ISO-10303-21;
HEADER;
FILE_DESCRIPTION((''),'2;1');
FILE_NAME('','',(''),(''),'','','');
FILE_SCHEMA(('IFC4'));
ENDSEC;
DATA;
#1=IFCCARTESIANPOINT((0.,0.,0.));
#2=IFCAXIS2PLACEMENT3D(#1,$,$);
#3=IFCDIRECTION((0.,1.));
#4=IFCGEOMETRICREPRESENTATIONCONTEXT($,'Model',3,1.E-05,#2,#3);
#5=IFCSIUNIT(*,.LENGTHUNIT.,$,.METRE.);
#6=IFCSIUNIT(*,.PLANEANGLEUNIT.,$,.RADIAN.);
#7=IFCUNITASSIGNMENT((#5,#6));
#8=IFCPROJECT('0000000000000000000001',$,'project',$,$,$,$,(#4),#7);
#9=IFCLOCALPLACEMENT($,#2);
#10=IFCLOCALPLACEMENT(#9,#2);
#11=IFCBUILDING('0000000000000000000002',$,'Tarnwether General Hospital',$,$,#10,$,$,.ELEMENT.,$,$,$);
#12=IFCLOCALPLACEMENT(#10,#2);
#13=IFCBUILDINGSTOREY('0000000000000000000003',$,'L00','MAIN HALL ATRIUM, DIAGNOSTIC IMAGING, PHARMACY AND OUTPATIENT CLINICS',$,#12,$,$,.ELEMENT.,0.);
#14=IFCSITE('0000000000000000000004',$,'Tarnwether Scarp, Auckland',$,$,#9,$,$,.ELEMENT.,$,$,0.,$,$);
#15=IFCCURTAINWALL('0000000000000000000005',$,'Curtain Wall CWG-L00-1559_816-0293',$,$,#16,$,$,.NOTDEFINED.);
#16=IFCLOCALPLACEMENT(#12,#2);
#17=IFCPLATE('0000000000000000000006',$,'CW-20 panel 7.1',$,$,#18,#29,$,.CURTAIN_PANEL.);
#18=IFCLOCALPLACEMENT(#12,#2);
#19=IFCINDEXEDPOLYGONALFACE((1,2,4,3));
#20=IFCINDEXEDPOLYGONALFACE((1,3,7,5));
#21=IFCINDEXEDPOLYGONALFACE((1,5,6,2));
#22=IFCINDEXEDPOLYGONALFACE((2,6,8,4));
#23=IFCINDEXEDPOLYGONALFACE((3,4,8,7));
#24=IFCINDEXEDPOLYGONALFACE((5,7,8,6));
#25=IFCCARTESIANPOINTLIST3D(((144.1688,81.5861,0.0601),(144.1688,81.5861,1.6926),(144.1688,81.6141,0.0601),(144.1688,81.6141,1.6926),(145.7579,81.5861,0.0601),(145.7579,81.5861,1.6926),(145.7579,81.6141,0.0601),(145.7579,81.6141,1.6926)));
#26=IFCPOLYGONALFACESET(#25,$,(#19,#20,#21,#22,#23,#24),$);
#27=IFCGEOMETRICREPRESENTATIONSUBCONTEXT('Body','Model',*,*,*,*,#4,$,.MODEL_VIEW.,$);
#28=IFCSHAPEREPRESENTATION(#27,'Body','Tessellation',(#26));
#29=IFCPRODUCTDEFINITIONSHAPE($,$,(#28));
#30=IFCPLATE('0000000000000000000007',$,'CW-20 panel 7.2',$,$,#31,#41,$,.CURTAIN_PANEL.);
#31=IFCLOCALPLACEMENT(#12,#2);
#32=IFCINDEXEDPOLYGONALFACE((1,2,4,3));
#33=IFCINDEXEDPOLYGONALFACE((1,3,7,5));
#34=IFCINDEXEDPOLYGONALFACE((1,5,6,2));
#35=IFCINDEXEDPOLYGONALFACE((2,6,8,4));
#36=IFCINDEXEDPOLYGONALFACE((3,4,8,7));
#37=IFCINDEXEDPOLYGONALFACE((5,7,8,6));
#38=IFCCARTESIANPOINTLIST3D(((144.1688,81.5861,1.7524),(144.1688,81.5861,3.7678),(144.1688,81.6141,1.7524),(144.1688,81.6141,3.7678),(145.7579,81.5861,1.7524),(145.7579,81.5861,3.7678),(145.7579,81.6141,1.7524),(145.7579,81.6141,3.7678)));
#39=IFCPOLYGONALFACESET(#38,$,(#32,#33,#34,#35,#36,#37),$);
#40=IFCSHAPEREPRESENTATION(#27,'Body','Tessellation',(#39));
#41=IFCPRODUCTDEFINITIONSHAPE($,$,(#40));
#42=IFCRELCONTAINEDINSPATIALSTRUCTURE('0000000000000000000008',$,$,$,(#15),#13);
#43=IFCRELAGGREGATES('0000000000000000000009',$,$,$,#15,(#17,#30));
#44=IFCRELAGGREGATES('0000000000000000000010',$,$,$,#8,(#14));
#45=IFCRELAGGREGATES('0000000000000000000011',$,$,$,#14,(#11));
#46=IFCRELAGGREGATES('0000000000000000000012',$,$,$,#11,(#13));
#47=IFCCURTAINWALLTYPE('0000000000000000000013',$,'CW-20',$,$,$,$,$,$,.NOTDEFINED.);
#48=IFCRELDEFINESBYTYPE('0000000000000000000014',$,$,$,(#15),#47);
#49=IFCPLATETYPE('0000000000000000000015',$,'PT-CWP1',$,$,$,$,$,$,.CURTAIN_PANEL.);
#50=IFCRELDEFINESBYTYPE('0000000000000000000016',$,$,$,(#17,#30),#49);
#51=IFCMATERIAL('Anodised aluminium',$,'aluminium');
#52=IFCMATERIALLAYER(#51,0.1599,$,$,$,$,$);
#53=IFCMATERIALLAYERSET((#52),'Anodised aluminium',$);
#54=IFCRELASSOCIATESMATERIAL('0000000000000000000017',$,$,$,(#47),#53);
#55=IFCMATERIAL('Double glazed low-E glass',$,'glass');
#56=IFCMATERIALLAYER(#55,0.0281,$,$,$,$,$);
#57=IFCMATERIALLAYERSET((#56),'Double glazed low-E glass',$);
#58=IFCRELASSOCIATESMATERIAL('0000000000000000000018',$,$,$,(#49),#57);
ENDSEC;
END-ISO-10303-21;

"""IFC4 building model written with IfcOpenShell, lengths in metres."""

from ifc_helpers import new_model, si_unit, direction, frame, origin, origin_2d, place, context, subcontext, project, spatial, rectangle, extrude, material, layer, layer_set, type_object, element, aggregate, save


model = new_model("IFC4")

# Units and contexts
model_context = context("Model", 3, precision=1e-05, world=origin(), true_north=direction((0.0, 1.0)))
body_context = subcontext(model_context, "Body", "Model", "MODEL_VIEW")
ifc_project = project(units=[si_unit("LENGTHUNIT", "METRE"), si_unit("PLANEANGLEUNIT", "RADIAN")], contexts=[model_context])

# Site, building, storey
site_placement = place(None, origin())
site = spatial("IfcSite", under=ifc_project, at=site_placement, Name="Tarnwether Scarp, Auckland", CompositionType="ELEMENT", RefElevation=0.0)
building_placement = place(site_placement, origin())
building = spatial("IfcBuilding", under=site, at=building_placement, Name="Tarnwether General Hospital", CompositionType="ELEMENT")
storey_placement = place(building_placement, origin())
storey = spatial("IfcBuildingStorey", under=building, at=storey_placement, Name="L00", Description="MAIN HALL ATRIUM, DIAGNOSTIC IMAGING, PHARMACY AND OUTPATIENT CLINICS", CompositionType="ELEMENT", Elevation=0.0)

# Curtain wall
ifc_material_1 = material(Name="Anodised aluminium", Category="aluminium")
ifc_layer_1 = layer(ifc_material_1, 0.1599)
ifc_layer_set_1 = layer_set([ifc_layer_1], Name="Anodised aluminium")
curtain_wall_type = type_object("IfcCurtainWallType", Name="CW-20", PredefinedType="NOTDEFINED", material=ifc_layer_set_1)
curtain_wall_1_placement = place(storey_placement, origin())
curtain_wall_1 = element("IfcCurtainWall", 1, at=curtain_wall_1_placement, inside=storey, type_object=curtain_wall_type, Name="Curtain Wall CWG-L00-1559_816-0293", PredefinedType="NOTDEFINED")

# Plates
ifc_material_2 = material(Name="Double glazed low-E glass", Category="glass")
ifc_layer_2 = layer(ifc_material_2, 0.0281)
ifc_layer_set_2 = layer_set([ifc_layer_2], Name="Double glazed low-E glass")
plate_type = type_object("IfcPlateType", Name="PT-CWP1", PredefinedType="CURTAIN_PANEL", material=ifc_layer_set_2)
plate_1_placement = place(storey_placement, frame((144.9634, 81.6001, 0.0601), z_axis=(0.0, 0.0, 1.0), x_axis=(-1.0, 0.0, 0.0)))
plate_1 = element("IfcPlate", 2, at=plate_1_placement, type_object=plate_type, Name="CW-20 panel 7.1", PredefinedType="CURTAIN_PANEL", context=body_context, shape_type="SweptSolid", body=[
    extrude(rectangle(XDim=1.5891, YDim=0.0281, at=origin_2d()), origin(), (0.0, 0.0, 1.0), 1.6326),
])
plate_2_placement = place(storey_placement, frame((144.9634, 81.6001, 1.7524), z_axis=(0.0, 0.0, 1.0), x_axis=(-1.0, 0.0, 0.0)))
plate_2 = element("IfcPlate", 3, at=plate_2_placement, type_object=plate_type, Name="CW-20 panel 7.2", PredefinedType="CURTAIN_PANEL", context=body_context, shape_type="SweptSolid", body=[
    extrude(rectangle(XDim=1.5891, YDim=0.0281, at=origin_2d()), origin(), (0.0, 0.0, 1.0), 2.0154),
])
aggregate(curtain_wall_1, [plate_1, plate_2])

save(model, "model.ifc")
